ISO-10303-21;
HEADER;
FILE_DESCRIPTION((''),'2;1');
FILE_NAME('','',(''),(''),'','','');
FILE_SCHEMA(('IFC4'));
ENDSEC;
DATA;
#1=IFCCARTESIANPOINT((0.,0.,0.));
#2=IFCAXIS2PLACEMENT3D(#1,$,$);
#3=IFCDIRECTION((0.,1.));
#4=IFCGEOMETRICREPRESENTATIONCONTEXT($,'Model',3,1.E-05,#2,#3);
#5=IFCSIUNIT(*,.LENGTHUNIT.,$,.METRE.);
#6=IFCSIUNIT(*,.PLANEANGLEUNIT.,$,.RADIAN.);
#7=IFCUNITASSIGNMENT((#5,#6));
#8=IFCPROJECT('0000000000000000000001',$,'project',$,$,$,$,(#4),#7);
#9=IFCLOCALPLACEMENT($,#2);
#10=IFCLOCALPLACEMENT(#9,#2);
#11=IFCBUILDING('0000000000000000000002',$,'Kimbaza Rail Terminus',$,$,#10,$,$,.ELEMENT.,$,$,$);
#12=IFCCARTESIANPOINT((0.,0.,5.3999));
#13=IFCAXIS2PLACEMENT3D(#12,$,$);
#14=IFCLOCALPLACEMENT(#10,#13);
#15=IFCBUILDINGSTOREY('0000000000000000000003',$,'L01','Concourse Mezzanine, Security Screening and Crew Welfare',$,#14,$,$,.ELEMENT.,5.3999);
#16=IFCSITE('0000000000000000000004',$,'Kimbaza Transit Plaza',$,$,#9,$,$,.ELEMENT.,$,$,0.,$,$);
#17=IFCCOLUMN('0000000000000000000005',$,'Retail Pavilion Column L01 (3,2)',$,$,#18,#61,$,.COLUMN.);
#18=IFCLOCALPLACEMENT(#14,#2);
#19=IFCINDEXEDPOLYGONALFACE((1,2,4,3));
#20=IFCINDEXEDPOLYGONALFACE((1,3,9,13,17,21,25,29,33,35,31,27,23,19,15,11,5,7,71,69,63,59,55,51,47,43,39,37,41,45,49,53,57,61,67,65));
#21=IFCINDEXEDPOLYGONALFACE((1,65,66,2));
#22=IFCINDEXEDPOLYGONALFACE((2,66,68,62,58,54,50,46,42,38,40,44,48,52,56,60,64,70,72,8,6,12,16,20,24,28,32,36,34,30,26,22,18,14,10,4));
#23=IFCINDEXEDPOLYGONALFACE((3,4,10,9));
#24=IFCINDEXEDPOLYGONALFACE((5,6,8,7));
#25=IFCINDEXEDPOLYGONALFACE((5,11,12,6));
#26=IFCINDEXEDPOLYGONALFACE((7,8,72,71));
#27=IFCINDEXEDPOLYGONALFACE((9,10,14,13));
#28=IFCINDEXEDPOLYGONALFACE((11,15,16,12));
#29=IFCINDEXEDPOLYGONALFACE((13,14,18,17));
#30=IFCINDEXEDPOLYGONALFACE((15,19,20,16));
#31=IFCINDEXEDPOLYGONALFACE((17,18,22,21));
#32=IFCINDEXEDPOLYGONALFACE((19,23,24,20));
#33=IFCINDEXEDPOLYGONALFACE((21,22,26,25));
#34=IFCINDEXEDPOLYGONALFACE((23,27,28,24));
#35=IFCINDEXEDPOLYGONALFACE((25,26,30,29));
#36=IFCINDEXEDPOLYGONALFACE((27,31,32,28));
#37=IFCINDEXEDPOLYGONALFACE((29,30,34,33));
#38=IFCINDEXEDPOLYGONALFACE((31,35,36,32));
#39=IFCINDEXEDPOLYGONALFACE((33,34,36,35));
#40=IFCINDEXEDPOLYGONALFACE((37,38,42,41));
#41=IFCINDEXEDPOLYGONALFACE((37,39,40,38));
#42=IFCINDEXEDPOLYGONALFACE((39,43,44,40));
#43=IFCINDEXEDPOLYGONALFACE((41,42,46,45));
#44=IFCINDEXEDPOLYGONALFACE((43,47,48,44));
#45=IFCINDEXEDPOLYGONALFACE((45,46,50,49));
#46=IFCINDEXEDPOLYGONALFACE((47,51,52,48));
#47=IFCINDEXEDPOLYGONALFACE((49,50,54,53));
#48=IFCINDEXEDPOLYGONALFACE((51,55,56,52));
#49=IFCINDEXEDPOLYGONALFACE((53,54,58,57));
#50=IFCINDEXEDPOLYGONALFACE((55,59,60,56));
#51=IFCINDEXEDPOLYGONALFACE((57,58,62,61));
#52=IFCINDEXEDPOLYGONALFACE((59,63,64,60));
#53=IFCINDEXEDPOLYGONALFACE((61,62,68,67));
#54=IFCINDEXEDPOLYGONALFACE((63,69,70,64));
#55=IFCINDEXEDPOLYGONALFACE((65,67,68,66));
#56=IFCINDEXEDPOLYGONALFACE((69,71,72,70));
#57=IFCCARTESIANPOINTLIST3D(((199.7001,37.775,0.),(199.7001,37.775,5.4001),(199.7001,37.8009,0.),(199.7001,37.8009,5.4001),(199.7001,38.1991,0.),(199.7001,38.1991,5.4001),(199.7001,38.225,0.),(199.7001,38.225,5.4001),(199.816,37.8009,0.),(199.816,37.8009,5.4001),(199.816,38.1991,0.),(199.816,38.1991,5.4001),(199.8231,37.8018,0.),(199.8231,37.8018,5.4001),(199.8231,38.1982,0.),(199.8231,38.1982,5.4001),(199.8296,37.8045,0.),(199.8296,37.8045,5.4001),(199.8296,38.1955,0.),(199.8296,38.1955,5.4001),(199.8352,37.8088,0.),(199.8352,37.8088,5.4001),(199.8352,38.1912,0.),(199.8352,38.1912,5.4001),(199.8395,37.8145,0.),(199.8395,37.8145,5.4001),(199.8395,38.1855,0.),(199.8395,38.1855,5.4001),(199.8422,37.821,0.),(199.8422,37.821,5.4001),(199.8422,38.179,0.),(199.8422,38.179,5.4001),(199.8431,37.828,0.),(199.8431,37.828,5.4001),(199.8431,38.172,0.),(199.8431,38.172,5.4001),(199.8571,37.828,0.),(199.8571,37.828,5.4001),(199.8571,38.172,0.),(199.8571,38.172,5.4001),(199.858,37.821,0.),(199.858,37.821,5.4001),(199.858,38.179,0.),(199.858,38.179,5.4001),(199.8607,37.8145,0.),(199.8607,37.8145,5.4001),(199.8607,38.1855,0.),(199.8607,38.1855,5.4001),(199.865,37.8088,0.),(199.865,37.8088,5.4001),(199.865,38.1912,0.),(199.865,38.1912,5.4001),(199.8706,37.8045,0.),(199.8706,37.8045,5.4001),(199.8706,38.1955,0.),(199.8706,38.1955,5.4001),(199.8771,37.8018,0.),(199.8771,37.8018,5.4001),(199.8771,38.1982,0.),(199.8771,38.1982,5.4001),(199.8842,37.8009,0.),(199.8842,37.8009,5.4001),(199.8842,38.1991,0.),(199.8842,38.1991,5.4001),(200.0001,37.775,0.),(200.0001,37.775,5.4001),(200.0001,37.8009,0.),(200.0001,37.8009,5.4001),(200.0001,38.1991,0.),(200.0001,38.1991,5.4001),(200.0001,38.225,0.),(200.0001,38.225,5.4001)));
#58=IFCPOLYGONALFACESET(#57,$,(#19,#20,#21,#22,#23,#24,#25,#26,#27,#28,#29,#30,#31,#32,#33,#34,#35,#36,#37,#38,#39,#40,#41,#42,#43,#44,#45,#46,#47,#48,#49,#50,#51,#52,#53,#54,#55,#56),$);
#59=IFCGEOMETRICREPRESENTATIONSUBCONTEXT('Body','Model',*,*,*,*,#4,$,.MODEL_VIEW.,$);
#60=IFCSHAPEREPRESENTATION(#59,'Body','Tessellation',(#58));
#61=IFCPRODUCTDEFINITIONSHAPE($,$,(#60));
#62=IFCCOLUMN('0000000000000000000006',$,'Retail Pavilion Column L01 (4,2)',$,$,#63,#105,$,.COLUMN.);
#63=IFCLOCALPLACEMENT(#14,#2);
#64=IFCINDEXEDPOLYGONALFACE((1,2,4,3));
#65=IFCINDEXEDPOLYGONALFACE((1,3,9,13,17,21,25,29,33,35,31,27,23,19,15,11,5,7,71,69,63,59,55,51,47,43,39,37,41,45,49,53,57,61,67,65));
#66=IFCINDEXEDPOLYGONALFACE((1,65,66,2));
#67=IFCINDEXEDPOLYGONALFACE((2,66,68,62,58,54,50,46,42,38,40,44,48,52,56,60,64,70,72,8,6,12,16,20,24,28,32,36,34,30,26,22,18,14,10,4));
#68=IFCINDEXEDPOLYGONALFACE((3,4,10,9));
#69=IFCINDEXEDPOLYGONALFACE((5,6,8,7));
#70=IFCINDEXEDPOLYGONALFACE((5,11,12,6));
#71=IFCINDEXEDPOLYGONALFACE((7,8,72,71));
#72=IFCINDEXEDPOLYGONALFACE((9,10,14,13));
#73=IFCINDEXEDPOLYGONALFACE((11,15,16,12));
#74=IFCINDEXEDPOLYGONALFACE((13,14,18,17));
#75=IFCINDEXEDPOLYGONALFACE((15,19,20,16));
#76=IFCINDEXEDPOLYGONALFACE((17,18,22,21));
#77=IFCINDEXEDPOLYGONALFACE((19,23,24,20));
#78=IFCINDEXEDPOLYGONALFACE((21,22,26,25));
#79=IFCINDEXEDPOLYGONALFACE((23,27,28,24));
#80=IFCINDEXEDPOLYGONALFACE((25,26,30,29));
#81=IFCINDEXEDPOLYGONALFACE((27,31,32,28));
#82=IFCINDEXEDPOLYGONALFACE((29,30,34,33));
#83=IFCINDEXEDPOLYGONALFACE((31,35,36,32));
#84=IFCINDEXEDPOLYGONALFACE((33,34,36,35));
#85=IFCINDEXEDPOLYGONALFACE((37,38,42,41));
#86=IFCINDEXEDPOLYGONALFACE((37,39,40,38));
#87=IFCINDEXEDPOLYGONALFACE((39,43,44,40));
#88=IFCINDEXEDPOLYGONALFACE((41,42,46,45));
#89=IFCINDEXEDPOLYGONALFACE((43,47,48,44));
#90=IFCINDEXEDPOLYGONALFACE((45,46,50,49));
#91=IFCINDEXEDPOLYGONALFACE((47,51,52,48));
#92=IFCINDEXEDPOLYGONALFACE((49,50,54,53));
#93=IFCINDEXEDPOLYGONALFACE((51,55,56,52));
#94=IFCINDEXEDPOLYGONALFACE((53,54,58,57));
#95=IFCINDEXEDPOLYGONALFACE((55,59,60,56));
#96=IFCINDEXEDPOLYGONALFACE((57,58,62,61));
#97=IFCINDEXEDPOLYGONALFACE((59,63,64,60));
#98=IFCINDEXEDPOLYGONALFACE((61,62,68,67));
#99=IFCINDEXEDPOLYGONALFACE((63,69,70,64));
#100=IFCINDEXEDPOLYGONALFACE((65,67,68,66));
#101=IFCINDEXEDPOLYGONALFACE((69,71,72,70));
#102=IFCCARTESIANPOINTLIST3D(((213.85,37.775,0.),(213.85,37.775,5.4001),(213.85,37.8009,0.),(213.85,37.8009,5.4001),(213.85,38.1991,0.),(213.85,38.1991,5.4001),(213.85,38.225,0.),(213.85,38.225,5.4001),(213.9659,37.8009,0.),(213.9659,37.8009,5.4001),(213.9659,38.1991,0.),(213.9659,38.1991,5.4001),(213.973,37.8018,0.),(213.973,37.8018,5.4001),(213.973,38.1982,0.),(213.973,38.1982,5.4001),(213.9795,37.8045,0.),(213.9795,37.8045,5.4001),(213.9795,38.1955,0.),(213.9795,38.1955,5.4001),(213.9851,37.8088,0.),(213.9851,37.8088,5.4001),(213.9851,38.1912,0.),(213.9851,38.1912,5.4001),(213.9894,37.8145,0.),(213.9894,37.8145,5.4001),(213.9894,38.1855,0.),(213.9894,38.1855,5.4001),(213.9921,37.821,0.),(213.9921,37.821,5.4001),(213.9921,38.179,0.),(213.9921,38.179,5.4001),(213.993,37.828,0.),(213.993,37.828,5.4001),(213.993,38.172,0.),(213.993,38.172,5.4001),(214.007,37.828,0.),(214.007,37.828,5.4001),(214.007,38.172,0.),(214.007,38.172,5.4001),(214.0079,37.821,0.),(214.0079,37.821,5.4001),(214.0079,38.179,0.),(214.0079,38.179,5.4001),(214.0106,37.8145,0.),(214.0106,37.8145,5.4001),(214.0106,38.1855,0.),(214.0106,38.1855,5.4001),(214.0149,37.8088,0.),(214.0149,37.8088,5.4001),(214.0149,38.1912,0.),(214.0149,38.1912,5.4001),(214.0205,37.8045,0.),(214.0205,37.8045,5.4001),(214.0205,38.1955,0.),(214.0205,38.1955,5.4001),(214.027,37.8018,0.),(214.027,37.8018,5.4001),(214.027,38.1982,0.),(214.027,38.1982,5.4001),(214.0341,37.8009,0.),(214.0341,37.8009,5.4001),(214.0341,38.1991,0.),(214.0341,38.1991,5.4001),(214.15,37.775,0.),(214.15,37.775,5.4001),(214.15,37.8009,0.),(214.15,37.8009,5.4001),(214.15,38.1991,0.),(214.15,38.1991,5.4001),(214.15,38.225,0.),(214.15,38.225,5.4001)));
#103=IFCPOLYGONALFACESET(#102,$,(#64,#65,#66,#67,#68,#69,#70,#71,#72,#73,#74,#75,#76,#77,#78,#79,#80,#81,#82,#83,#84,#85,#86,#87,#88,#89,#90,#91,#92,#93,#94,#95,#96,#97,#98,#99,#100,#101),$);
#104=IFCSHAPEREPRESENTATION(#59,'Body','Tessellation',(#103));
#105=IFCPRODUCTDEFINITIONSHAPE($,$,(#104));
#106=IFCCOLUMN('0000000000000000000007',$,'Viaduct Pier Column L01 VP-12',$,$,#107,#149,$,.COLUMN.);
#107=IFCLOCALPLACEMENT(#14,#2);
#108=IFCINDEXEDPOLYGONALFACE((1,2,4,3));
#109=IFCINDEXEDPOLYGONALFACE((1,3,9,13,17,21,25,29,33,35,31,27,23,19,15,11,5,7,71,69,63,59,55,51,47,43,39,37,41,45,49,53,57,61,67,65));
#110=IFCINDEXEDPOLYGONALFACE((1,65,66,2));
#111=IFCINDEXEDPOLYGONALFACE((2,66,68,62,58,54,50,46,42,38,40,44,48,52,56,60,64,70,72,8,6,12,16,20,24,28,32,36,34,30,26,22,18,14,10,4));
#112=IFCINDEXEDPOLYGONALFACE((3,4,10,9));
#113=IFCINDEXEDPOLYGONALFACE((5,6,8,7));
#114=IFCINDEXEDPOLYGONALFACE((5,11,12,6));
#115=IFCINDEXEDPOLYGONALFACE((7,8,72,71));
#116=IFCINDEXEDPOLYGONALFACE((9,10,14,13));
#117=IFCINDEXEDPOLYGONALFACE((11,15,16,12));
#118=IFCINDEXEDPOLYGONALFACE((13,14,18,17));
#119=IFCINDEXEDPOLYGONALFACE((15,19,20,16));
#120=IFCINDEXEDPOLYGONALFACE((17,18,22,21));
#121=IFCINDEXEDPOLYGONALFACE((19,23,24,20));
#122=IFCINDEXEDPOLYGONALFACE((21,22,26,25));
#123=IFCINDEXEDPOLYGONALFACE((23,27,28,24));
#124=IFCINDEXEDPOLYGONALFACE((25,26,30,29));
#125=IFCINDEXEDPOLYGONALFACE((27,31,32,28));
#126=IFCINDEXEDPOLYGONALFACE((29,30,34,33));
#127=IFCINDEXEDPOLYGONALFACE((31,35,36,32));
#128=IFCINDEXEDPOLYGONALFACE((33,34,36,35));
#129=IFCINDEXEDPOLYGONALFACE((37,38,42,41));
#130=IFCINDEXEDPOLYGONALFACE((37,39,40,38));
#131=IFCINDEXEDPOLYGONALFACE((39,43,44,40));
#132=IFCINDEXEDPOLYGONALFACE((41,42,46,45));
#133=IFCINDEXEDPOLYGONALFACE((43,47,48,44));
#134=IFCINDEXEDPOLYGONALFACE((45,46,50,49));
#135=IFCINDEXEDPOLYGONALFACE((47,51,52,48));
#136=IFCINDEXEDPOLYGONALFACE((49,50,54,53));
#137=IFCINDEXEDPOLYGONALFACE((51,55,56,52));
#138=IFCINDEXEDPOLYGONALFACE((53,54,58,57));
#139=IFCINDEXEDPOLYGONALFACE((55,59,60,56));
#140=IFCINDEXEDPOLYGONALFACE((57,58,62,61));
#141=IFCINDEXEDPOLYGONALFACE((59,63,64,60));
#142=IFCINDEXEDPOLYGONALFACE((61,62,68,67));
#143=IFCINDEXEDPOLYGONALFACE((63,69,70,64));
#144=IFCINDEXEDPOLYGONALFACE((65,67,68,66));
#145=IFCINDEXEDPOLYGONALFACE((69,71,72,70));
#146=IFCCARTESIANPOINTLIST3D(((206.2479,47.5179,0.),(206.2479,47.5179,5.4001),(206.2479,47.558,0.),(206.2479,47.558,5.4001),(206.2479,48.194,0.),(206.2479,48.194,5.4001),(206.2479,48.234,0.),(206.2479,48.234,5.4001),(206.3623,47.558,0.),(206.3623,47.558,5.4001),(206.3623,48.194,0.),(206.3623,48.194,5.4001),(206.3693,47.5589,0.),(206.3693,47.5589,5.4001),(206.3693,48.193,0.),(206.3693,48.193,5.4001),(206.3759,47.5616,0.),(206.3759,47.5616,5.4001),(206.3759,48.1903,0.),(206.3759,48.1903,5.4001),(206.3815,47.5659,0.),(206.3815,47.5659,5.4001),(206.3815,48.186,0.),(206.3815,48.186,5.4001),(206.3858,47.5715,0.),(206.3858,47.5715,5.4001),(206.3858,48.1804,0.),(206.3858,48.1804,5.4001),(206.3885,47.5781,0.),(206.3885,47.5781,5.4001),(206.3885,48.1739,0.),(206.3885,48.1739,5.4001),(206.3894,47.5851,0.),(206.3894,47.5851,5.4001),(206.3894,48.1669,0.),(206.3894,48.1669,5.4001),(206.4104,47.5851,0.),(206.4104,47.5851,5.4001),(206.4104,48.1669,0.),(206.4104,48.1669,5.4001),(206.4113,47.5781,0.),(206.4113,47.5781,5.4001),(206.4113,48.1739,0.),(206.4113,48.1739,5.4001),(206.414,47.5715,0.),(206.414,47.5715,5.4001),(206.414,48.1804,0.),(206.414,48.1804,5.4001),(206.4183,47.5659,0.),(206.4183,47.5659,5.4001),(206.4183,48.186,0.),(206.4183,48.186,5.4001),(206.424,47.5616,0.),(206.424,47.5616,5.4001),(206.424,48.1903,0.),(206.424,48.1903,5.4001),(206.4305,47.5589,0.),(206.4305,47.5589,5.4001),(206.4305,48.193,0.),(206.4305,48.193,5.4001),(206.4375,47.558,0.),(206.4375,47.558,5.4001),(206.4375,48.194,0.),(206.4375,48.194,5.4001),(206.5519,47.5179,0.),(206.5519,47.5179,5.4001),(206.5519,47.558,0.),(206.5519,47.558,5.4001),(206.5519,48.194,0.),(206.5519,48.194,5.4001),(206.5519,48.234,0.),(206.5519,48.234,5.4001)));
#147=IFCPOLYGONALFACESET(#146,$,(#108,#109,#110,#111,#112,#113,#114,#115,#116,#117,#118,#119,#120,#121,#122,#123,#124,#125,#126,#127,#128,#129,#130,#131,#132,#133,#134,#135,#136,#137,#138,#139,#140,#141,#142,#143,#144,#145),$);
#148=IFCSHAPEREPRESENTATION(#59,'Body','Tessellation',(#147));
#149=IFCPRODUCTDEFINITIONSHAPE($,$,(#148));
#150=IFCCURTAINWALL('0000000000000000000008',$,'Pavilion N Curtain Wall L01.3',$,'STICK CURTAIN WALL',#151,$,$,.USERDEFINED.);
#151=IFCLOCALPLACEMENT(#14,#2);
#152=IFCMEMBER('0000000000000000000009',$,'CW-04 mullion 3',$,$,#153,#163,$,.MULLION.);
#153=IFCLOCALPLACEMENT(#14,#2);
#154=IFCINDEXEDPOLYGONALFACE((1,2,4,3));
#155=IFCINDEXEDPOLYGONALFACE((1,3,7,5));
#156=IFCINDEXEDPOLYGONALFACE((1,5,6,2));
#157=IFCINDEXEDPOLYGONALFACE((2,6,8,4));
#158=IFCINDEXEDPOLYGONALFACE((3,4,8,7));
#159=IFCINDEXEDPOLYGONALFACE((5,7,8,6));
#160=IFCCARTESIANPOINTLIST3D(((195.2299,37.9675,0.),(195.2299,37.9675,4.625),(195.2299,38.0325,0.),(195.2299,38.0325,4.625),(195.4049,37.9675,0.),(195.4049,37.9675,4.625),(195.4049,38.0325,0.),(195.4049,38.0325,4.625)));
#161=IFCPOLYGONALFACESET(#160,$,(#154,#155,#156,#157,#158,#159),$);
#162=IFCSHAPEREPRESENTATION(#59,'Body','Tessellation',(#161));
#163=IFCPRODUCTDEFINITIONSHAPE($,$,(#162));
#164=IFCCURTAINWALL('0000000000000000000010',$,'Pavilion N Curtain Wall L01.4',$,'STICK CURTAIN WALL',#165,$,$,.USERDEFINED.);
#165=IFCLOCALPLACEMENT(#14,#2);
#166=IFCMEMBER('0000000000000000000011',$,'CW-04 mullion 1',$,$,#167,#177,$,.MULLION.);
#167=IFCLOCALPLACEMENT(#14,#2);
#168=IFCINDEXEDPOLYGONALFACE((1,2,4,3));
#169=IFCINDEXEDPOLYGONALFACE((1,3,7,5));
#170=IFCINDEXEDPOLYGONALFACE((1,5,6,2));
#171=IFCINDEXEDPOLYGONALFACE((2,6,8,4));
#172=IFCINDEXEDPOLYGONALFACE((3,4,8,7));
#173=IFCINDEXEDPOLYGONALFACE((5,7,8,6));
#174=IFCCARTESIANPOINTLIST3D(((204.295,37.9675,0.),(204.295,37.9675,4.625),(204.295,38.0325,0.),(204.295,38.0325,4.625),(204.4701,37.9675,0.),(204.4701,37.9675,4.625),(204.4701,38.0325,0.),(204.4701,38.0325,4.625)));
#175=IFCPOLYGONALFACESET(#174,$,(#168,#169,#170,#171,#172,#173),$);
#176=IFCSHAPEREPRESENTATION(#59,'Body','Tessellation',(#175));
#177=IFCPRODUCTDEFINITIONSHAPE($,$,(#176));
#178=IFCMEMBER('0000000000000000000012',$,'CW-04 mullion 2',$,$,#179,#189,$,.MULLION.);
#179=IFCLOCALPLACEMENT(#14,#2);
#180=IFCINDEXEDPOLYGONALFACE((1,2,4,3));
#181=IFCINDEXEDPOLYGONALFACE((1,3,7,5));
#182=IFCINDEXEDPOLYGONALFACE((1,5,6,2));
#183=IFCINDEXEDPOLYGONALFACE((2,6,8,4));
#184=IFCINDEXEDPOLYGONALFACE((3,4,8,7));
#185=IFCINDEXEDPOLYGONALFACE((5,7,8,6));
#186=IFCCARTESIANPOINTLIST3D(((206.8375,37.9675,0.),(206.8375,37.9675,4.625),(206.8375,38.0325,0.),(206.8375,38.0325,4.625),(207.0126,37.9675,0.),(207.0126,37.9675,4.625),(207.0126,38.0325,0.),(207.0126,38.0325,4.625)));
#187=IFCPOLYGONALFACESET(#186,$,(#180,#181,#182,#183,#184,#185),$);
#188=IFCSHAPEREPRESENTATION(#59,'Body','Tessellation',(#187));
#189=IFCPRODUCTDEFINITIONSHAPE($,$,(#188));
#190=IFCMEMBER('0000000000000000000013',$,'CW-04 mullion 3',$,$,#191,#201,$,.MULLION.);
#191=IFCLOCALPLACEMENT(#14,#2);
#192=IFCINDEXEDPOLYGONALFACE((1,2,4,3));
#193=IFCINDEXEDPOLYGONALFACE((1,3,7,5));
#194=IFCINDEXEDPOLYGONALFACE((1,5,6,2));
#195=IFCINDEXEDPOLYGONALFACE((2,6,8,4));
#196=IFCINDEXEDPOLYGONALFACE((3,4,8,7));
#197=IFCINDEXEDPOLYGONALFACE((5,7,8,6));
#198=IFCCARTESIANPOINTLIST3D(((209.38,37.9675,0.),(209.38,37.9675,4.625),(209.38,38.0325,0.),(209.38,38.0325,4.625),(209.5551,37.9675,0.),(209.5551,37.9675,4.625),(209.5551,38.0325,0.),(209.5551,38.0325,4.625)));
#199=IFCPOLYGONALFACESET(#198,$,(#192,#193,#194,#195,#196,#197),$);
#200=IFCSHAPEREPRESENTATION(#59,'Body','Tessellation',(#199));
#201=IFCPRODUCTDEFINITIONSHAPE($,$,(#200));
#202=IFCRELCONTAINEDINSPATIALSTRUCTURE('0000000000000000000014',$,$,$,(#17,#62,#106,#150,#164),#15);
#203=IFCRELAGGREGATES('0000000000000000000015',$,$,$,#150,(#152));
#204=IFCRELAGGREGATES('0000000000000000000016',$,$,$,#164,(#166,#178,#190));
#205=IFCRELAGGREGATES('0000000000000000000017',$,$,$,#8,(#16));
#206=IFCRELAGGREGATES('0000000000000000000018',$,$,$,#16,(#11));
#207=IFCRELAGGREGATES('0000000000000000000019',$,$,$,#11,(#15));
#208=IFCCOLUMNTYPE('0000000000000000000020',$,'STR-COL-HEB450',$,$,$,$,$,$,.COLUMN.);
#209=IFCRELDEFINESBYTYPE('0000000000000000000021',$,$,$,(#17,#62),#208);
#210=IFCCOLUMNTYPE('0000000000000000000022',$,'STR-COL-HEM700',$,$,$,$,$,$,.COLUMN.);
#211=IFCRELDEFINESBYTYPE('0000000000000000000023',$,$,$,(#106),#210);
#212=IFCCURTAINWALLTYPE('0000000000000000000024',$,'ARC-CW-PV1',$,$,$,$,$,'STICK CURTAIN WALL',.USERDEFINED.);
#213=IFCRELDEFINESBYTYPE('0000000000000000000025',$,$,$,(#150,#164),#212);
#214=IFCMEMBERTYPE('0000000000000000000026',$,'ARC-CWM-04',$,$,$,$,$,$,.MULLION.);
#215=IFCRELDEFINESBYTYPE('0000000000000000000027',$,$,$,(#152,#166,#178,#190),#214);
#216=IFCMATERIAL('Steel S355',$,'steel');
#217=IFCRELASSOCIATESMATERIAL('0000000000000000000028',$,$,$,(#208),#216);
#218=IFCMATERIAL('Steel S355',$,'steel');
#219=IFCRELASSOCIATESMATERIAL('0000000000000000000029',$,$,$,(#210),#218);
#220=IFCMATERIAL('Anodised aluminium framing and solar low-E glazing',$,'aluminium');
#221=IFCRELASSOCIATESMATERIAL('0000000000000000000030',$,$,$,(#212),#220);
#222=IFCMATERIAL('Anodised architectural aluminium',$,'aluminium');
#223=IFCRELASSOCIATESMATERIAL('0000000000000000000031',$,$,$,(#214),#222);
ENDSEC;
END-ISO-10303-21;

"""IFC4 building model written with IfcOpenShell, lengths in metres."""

from ifc_helpers import new_model, si_unit, direction, frame, origin, origin_2d, place, context, subcontext, project, spatial, rectangle, i_section, extrude, material, material_profile, profile_set, type_object, element, aggregate, save


model = new_model("IFC4")

# Units and contexts
model_context = context("Model", 3, precision=1e-05, world=origin(), true_north=direction((0.0, 1.0)))
body_context = subcontext(model_context, "Body", "Model", "MODEL_VIEW")
ifc_project = project(units=[si_unit("LENGTHUNIT", "METRE"), si_unit("PLANEANGLEUNIT", "RADIAN")], contexts=[model_context])

# Site, building, storey
site_placement = place(None, origin())
site = spatial("IfcSite", under=ifc_project, at=site_placement, Name="Kimbaza Transit Plaza", CompositionType="ELEMENT", RefElevation=0.0)
building_placement = place(site_placement, origin())
building = spatial("IfcBuilding", under=site, at=building_placement, Name="Kimbaza Rail Terminus", CompositionType="ELEMENT")
storey_placement = place(building_placement, frame((0.0, 0.0, 5.3999)))
storey = spatial("IfcBuildingStorey", under=building, at=storey_placement, Name="L01", Description="Concourse Mezzanine, Security Screening and Crew Welfare", CompositionType="ELEMENT", Elevation=5.3999)

# Columns
ifc_material_1 = material(Name="Steel S355", Category="steel")
ifc_material_profile_1 = material_profile(ifc_material_1, i_section(OverallWidth=0.3, OverallDepth=0.45, WebThickness=0.0139, FlangeThickness=0.0259, FilletRadius=0.0271, at=origin_2d()), Name="HEB 450")
ifc_profile_set_1 = profile_set([ifc_material_profile_1], Name="Steel S355")
column_type_1 = type_object("IfcColumnType", Name="STR-COL-HEB450", PredefinedType="COLUMN", material=ifc_profile_set_1)
for number, where, z_axis, x_axis, name in (
    (1, (199.8501, 38.0, 0.0), (0.0, 0.0, 1.0), (1.0, 0.0, 0.0), "Retail Pavilion Column L01 (3,2)"),
    (2, (214.0, 38.0, 0.0), (0.0, 0.0, 1.0), (1.0, 0.0, 0.0), "Retail Pavilion Column L01 (4,2)"),
):
    element("IfcColumn", number, at=place(storey_placement, frame(where, z_axis=z_axis, x_axis=x_axis)), inside=storey, type_object=column_type_1, Name=name, PredefinedType="COLUMN", context=body_context, shape_type="SweptSolid", body=[
        extrude(i_section(OverallWidth=0.3, OverallDepth=0.45, WebThickness=0.0139, FlangeThickness=0.0259, FilletRadius=0.0271, at=origin_2d()), origin(), (0.0, 0.0, 1.0), 5.4001),
    ])
ifc_material_2 = material(Name="Steel S355", Category="steel")
ifc_material_profile_2 = material_profile(ifc_material_2, i_section(OverallWidth=0.304, OverallDepth=0.7161, WebThickness=0.021, FlangeThickness=0.04, FilletRadius=0.0271, at=origin_2d()), Name="HEM 700")
ifc_profile_set_2 = profile_set([ifc_material_profile_2], Name="Steel S355")
column_type_2 = type_object("IfcColumnType", Name="STR-COL-HEM700", PredefinedType="COLUMN", material=ifc_profile_set_2)
column_placement = place(storey_placement, frame((206.3999, 47.876, 0.0), z_axis=(0.0, 0.0, 1.0), x_axis=(1.0, 0.0, 0.0)))
element("IfcColumn", 3, at=column_placement, inside=storey, type_object=column_type_2, Name="Viaduct Pier Column L01 VP-12", PredefinedType="COLUMN", context=body_context, shape_type="SweptSolid", body=[
    extrude(i_section(OverallWidth=0.304, OverallDepth=0.7161, WebThickness=0.021, FlangeThickness=0.04, FilletRadius=0.0271, at=origin_2d()), origin(), (0.0, 0.0, 1.0), 5.4001),
])

# Curtain wall, member
ifc_material_3 = material(Name="Anodised aluminium framing and solar low-E glazing", Category="aluminium")
curtain_wall_type = type_object("IfcCurtainWallType", Name="ARC-CW-PV1", ElementType="STICK CURTAIN WALL", PredefinedType="USERDEFINED", material=ifc_material_3)
curtain_wall_1_placement = place(storey_placement, origin())
curtain_wall_1 = element("IfcCurtainWall", 4, at=curtain_wall_1_placement, inside=storey, type_object=curtain_wall_type, Name="Pavilion N Curtain Wall L01.3", ObjectType="STICK CURTAIN WALL", PredefinedType="USERDEFINED")
ifc_material_4 = material(Name="Anodised architectural aluminium", Category="aluminium")
ifc_material_profile_3 = material_profile(ifc_material_4, rectangle(XDim=0.0649, YDim=0.175, at=origin_2d()), Name="MULLION 65x175")
ifc_profile_set_3 = profile_set([ifc_material_profile_3], Name="Anodised architectural aluminium")
member_type_1 = type_object("IfcMemberType", Name="ARC-CWM-04", PredefinedType="MULLION", material=ifc_profile_set_3)
member_1_placement = place(storey_placement, frame((195.3174, 38.0, 0.0), z_axis=(0.0, 0.0, 1.0), x_axis=(0.0, 1.0, 0.0)))
member_1 = element("IfcMember", 5, at=member_1_placement, type_object=member_type_1, Name="CW-04 mullion 3", PredefinedType="MULLION", context=body_context, shape_type="SweptSolid", body=[
    extrude(rectangle(XDim=0.0649, YDim=0.175, at=origin_2d()), origin(), (0.0, 0.0, 1.0), 4.625),
])

# Curtain wall, members
curtain_wall_2_placement = place(storey_placement, origin())
curtain_wall_2 = element("IfcCurtainWall", 6, at=curtain_wall_2_placement, inside=storey, type_object=curtain_wall_type, Name="Pavilion N Curtain Wall L01.4", ObjectType="STICK CURTAIN WALL", PredefinedType="USERDEFINED")
member_2_placement = place(storey_placement, frame((204.3826, 38.0, 0.0), z_axis=(0.0, 0.0, 1.0), x_axis=(0.0, 1.0, 0.0)))
member_2 = element("IfcMember", 7, at=member_2_placement, type_object=member_type_1, Name="CW-04 mullion 1", PredefinedType="MULLION", context=body_context, shape_type="SweptSolid", body=[
    extrude(rectangle(XDim=0.0649, YDim=0.175, at=origin_2d()), origin(), (0.0, 0.0, 1.0), 4.625),
])
member_3_placement = place(storey_placement, frame((206.925, 38.0, 0.0), z_axis=(0.0, 0.0, 1.0), x_axis=(0.0, 1.0, 0.0)))
member_3 = element("IfcMember", 8, at=member_3_placement, type_object=member_type_1, Name="CW-04 mullion 2", PredefinedType="MULLION", context=body_context, shape_type="SweptSolid", body=[
    extrude(rectangle(XDim=0.0649, YDim=0.175, at=origin_2d()), origin(), (0.0, 0.0, 1.0), 4.625),
])
member_4_placement = place(storey_placement, frame((209.4675, 38.0, 0.0), z_axis=(0.0, 0.0, 1.0), x_axis=(0.0, 1.0, 0.0)))
member_4 = element("IfcMember", 9, at=member_4_placement, type_object=member_type_1, Name="CW-04 mullion 3", PredefinedType="MULLION", context=body_context, shape_type="SweptSolid", body=[
    extrude(rectangle(XDim=0.0649, YDim=0.175, at=origin_2d()), origin(), (0.0, 0.0, 1.0), 4.625),
])

aggregate(curtain_wall_1, [member_1])
aggregate(curtain_wall_2, [member_2, member_3, member_4])

save(model, "model.ifc")
